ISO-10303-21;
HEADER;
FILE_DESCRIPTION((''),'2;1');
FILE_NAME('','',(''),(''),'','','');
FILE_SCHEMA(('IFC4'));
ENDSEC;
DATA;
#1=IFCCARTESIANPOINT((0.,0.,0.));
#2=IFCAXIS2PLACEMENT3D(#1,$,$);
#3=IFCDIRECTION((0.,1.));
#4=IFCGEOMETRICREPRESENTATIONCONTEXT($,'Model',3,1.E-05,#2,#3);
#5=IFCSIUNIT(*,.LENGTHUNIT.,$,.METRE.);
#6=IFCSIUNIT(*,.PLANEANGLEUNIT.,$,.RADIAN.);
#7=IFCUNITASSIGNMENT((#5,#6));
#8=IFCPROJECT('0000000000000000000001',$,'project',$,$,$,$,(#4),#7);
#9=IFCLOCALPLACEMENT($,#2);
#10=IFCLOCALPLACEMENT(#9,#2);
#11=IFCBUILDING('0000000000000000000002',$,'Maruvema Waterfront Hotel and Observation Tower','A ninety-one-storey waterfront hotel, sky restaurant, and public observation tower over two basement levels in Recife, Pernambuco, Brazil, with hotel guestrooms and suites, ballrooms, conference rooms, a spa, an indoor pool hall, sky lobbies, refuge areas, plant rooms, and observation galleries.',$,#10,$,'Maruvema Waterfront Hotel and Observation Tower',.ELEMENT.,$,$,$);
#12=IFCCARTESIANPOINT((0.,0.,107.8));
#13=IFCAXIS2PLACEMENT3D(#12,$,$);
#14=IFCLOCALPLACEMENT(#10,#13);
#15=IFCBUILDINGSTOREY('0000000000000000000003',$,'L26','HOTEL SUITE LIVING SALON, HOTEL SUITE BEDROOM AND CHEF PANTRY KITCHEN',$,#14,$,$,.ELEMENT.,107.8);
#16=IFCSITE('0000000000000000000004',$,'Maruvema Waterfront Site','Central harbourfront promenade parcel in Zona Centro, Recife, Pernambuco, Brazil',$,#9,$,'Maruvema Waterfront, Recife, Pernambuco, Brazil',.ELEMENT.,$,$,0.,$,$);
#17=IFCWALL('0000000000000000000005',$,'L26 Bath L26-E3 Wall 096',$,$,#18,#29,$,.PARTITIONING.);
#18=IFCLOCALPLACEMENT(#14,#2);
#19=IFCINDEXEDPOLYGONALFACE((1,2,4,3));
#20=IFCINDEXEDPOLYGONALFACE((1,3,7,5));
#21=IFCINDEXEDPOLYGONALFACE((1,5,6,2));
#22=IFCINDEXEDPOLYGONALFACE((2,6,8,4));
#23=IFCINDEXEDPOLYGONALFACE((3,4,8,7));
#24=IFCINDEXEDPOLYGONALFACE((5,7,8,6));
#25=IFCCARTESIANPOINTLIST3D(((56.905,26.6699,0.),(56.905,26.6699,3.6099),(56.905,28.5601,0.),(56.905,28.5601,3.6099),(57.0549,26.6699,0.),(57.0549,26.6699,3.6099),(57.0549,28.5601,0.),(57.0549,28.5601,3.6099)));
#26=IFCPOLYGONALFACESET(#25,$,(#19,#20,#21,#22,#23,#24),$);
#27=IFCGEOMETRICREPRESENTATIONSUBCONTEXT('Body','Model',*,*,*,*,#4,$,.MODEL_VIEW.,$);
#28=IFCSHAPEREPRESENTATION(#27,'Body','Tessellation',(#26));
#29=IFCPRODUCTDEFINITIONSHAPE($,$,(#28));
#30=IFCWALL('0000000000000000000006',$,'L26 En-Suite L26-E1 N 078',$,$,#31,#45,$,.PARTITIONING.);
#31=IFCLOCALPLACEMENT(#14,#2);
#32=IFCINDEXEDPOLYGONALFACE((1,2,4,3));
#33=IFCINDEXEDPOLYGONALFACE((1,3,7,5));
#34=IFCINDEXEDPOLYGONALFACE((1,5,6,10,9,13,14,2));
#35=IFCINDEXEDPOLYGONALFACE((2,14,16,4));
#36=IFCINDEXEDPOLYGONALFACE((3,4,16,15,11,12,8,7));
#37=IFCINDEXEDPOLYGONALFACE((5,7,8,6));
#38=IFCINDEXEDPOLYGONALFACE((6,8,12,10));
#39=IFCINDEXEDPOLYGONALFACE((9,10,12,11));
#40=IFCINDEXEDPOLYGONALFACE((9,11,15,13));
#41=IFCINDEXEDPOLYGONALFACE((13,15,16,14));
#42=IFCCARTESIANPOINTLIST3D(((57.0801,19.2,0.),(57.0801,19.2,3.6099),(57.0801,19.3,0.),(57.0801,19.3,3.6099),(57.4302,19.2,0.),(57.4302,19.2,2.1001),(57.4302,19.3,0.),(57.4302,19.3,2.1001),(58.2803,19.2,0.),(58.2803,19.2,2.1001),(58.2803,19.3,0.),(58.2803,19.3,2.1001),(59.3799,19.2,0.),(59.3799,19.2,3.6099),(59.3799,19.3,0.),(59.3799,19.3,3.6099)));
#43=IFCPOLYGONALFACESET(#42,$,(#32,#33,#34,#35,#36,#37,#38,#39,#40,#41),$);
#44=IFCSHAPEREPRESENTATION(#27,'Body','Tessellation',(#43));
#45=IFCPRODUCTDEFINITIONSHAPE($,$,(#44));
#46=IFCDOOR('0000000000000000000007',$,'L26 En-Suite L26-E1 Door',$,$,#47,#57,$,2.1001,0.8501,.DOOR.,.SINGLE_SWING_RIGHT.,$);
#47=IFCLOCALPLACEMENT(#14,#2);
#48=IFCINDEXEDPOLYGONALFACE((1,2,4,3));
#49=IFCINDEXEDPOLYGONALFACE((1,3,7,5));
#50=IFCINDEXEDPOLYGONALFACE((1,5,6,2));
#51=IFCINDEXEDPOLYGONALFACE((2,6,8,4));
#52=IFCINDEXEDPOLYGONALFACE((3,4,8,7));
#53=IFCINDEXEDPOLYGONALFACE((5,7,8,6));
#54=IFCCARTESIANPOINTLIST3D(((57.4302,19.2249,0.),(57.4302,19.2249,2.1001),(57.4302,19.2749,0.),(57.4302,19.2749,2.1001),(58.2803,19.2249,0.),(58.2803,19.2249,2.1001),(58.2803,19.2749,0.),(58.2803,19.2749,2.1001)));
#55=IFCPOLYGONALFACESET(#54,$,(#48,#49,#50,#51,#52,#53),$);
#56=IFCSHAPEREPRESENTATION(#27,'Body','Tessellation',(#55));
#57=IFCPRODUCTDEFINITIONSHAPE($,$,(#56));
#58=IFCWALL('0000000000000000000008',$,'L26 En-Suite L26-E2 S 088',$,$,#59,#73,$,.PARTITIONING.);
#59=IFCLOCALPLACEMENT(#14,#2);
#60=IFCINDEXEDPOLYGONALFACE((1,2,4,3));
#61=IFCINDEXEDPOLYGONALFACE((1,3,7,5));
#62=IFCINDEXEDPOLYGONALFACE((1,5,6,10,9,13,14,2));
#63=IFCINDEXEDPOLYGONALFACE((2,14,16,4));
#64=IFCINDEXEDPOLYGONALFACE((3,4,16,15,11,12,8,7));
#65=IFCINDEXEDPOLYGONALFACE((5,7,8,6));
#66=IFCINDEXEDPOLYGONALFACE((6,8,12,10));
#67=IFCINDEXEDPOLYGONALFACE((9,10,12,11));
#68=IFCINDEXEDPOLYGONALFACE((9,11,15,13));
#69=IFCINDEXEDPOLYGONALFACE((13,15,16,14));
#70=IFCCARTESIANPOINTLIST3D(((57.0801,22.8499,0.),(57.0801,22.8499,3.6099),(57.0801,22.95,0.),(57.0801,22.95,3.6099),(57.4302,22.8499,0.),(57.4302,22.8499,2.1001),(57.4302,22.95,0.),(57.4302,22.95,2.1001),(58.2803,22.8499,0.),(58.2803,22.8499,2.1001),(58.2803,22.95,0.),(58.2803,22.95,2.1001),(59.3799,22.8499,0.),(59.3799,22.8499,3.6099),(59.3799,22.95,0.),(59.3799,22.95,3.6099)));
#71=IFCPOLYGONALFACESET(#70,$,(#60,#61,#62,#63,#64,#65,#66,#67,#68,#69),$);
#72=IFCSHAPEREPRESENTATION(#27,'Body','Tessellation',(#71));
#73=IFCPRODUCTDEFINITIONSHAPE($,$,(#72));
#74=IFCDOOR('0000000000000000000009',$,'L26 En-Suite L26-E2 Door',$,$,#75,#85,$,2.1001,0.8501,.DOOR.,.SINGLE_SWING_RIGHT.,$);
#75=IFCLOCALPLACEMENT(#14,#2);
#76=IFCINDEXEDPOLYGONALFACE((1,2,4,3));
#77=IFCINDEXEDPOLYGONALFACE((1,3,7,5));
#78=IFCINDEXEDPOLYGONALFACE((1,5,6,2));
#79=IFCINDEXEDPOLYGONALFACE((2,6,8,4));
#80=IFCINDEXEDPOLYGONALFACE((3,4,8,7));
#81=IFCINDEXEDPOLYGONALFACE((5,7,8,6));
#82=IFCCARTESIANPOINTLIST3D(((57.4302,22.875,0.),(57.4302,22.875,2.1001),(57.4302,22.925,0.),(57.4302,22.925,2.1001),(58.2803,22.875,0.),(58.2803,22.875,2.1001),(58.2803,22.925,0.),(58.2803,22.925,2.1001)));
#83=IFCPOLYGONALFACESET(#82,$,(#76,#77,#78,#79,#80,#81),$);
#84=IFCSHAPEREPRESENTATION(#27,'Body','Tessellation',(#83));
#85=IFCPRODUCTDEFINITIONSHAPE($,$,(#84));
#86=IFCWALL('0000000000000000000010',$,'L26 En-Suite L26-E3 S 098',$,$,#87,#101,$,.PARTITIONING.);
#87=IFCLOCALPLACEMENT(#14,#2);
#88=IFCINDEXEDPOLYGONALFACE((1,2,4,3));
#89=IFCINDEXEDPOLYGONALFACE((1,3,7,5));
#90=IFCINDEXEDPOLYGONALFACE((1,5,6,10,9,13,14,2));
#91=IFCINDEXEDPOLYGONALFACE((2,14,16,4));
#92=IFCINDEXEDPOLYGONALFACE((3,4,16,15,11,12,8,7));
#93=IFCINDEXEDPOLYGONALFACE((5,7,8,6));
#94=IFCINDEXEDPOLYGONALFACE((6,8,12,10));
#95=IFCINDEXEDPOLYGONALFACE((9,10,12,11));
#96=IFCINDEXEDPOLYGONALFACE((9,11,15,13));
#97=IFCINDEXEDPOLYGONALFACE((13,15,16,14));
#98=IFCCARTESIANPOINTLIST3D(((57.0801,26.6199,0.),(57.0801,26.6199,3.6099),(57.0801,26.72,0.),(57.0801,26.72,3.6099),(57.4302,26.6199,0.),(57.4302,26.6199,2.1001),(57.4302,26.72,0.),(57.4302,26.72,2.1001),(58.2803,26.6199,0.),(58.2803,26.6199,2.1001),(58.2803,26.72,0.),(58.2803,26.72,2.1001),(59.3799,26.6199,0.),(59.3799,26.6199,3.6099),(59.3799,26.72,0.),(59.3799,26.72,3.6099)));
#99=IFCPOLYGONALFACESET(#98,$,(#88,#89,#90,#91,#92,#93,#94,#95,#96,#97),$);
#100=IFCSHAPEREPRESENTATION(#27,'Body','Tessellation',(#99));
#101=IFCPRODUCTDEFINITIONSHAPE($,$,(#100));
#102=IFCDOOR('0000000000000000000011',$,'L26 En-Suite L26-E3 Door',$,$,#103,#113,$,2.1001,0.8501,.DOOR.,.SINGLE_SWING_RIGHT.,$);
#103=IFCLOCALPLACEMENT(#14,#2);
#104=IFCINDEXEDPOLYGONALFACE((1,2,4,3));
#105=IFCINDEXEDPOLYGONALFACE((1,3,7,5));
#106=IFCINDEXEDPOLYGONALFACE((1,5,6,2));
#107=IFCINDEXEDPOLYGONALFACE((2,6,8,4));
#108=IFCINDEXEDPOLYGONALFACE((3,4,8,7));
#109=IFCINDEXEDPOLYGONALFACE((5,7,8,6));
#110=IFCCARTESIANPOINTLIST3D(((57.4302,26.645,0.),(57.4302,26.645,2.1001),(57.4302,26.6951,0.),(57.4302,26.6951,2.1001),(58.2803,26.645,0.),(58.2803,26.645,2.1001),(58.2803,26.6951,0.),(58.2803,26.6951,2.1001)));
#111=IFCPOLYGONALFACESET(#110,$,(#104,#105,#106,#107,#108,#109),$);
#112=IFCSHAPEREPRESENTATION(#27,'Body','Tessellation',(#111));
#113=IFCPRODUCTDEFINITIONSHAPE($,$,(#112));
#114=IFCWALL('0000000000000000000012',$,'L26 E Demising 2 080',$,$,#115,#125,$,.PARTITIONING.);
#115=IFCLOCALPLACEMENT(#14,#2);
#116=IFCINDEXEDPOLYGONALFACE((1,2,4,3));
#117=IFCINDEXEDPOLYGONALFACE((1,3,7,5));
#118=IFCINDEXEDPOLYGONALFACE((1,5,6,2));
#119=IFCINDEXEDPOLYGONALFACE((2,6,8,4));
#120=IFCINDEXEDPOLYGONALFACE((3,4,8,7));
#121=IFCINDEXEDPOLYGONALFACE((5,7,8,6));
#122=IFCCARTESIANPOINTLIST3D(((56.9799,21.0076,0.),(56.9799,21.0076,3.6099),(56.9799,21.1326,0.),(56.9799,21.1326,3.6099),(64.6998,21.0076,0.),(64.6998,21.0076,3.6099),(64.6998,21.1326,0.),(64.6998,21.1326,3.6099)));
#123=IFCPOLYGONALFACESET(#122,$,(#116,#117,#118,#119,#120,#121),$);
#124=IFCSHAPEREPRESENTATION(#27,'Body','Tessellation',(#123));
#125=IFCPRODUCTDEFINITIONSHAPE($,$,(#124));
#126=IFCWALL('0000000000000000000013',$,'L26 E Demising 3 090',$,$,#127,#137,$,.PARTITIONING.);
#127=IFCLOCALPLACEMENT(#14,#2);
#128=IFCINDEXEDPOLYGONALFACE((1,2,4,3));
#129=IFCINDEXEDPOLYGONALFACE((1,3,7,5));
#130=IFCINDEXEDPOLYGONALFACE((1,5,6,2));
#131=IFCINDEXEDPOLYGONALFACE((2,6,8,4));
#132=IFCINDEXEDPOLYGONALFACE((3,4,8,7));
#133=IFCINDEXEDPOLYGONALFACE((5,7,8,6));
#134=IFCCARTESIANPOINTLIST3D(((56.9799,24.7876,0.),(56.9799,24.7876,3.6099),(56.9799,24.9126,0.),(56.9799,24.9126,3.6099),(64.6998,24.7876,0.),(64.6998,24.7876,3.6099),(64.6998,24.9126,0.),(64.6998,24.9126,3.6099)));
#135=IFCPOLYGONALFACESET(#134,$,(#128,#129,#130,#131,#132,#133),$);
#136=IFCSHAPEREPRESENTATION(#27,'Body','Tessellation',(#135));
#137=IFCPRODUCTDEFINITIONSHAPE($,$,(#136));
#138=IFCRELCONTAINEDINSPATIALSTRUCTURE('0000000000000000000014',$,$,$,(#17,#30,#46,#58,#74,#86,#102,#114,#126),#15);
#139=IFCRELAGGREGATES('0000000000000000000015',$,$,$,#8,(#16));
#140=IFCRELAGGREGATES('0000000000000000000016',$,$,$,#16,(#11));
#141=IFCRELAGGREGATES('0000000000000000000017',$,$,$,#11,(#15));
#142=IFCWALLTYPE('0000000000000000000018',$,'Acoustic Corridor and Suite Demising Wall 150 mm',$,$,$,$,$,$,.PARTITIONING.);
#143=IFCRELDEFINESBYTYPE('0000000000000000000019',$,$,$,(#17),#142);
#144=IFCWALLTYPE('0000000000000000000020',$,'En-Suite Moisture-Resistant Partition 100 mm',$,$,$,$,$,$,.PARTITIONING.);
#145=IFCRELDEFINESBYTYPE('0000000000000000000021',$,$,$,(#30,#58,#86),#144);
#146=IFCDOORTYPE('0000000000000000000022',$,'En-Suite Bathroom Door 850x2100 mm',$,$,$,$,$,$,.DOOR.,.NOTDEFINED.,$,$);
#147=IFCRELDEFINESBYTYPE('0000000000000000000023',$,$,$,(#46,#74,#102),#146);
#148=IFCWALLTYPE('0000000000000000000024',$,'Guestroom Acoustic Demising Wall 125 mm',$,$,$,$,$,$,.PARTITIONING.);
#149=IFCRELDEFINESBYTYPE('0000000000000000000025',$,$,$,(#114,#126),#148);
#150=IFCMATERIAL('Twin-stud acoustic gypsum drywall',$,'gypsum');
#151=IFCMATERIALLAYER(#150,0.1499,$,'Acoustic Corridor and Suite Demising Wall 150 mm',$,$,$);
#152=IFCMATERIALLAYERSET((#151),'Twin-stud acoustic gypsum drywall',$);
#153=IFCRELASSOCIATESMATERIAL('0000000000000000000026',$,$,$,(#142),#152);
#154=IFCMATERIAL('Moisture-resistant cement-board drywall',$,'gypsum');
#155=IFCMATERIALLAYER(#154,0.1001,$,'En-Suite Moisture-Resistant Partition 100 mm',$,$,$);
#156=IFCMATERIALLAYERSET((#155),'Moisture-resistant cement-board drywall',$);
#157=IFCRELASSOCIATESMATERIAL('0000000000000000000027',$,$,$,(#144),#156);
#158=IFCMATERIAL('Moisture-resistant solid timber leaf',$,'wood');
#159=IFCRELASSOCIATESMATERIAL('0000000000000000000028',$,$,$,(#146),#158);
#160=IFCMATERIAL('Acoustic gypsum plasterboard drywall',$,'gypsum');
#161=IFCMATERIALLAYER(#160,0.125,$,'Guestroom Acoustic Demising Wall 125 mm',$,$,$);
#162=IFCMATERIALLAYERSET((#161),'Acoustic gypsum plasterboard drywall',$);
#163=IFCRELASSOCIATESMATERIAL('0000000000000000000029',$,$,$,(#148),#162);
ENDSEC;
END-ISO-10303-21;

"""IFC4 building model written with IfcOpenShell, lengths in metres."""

from ifc_helpers import new_model, si_unit, direction, frame, frame_2d, origin, place, context, subcontext, project, spatial, rectangle, extrude, material, layer, layer_set, type_object, element, fill, save


model = new_model("IFC4")

# Units and contexts
model_context = context("Model", 3, precision=1e-05, world=origin(), true_north=direction((0.0, 1.0)))
body_context = subcontext(model_context, "Body", "Model", "MODEL_VIEW")
ifc_project = project(units=[si_unit("LENGTHUNIT", "METRE"), si_unit("PLANEANGLEUNIT", "RADIAN")], contexts=[model_context])

# Site, building, storey
site_placement = place(None, origin())
site = spatial("IfcSite", under=ifc_project, at=site_placement, Name="Maruvema Waterfront Site", Description="Central harbourfront promenade parcel in Zona Centro, Recife, Pernambuco, Brazil", LongName="Maruvema Waterfront, Recife, Pernambuco, Brazil", CompositionType="ELEMENT", RefElevation=0.0)
building_placement = place(site_placement, origin())
building = spatial("IfcBuilding", under=site, at=building_placement, Name="Maruvema Waterfront Hotel and Observation Tower", Description="A ninety-one-storey waterfront hotel, sky restaurant, and public observation tower over two basement levels in Recife, Pernambuco, Brazil, with hotel guestrooms and suites, ballrooms, conference rooms, a spa, an indoor pool hall, sky lobbies, refuge areas, plant rooms, and observation galleries.", LongName="Maruvema Waterfront Hotel and Observation Tower", CompositionType="ELEMENT")
storey_placement = place(building_placement, frame((0.0, 0.0, 107.8)))
storey = spatial("IfcBuildingStorey", under=building, at=storey_placement, Name="L26", Description="HOTEL SUITE LIVING SALON, HOTEL SUITE BEDROOM AND CHEF PANTRY KITCHEN", CompositionType="ELEMENT", Elevation=107.8)

# Shared definitions
ifc_material_1 = material(Name="Twin-stud acoustic gypsum drywall", Category="gypsum")
ifc_layer_1 = layer(ifc_material_1, 0.1499, Name="Acoustic Corridor and Suite Demising Wall 150 mm")
ifc_layer_set_1 = layer_set([ifc_layer_1], Name="Twin-stud acoustic gypsum drywall")
wall_type_1 = type_object("IfcWallType", Name="Acoustic Corridor and Suite Demising Wall 150 mm", PredefinedType="PARTITIONING", material=ifc_layer_set_1)

# Wall
wall_1_placement = place(storey_placement, frame((56.98, 26.6699, 0.0), z_axis=(0.0, 0.0, 1.0), x_axis=(0.0, 1.0, 0.0)))
element("IfcWall", 1, at=wall_1_placement, inside=storey, type_object=wall_type_1, Name="L26 Bath L26-E3 Wall 096", PredefinedType="PARTITIONING", context=body_context, shape_type="SweptSolid", body=[
    extrude(rectangle(XDim=1.8901, YDim=0.1499, at=frame_2d((0.9451, 0.0))), origin(), (0.0, 0.0, 1.0), 3.6099),
])

# Walls, openings, doors
ifc_material_2 = material(Name="Moisture-resistant cement-board drywall", Category="gypsum")
ifc_layer_2 = layer(ifc_material_2, 0.1001, Name="En-Suite Moisture-Resistant Partition 100 mm")
ifc_layer_set_2 = layer_set([ifc_layer_2], Name="Moisture-resistant cement-board drywall")
wall_type_2 = type_object("IfcWallType", Name="En-Suite Moisture-Resistant Partition 100 mm", PredefinedType="PARTITIONING", material=ifc_layer_set_2)
wall_2_placement = place(storey_placement, frame((57.0801, 19.25, 0.0), z_axis=(0.0, 0.0, 1.0), x_axis=(1.0, 0.0, 0.0)))
wall_2 = element("IfcWall", 2, at=wall_2_placement, inside=storey, type_object=wall_type_2, Name="L26 En-Suite L26-E1 N 078", PredefinedType="PARTITIONING", context=body_context, shape_type="SweptSolid", body=[
    extrude(rectangle(XDim=2.2998, YDim=0.1001, at=frame_2d((1.1499, 0.0))), origin(), (0.0, 0.0, 1.0), 3.6099),
])
opening_1_placement = place(wall_2_placement, frame((0.3501, 0.0, 0.0)))
opening_1 = element("IfcOpeningElement", 3, at=opening_1_placement, cuts=wall_2, PredefinedType="OPENING", context=body_context, shape_type="SweptSolid", body=[
    extrude(rectangle(XDim=0.8501, YDim=2.1001, at=frame_2d((0.425, 1.05))), frame((0.0, 0.0601, 0.0), z_axis=(0.0, -1.0, 0.0), x_axis=(1.0, 0.0, 0.0)), (0.0, 0.0, 1.0), 0.1201),
])
ifc_material_3 = material(Name="Moisture-resistant solid timber leaf", Category="wood")
door_type_1 = type_object("IfcDoorType", Name="En-Suite Bathroom Door 850x2100 mm", OperationType="NOTDEFINED", PredefinedType="DOOR", material=ifc_material_3)
door_1_placement = place(opening_1_placement, origin())
door_1 = element("IfcDoor", 4, at=door_1_placement, inside=storey, type_object=door_type_1, Name="L26 En-Suite L26-E1 Door", OperationType="SINGLE_SWING_RIGHT", OverallHeight=2.1001, OverallWidth=0.8501, PredefinedType="DOOR", context=body_context, shape_type="SweptSolid", body=[
    extrude(rectangle(XDim=0.8501, YDim=2.1001, at=frame_2d((0.425, 1.05))), frame((0.0, 0.0249, 0.0), z_axis=(0.0, -1.0, 0.0), x_axis=(1.0, 0.0, 0.0)), (0.0, 0.0, 1.0), 0.05),
])
fill(opening_1, door_1)
wall_3_placement = place(storey_placement, frame((57.0801, 22.8999, 0.0), z_axis=(0.0, 0.0, 1.0), x_axis=(1.0, 0.0, 0.0)))
wall_3 = element("IfcWall", 5, at=wall_3_placement, inside=storey, type_object=wall_type_2, Name="L26 En-Suite L26-E2 S 088", PredefinedType="PARTITIONING", context=body_context, shape_type="SweptSolid", body=[
    extrude(rectangle(XDim=2.2998, YDim=0.1001, at=frame_2d((1.1499, 0.0))), origin(), (0.0, 0.0, 1.0), 3.6099),
])
opening_2_placement = place(wall_3_placement, frame((0.3501, 0.0, 0.0)))
opening_2 = element("IfcOpeningElement", 6, at=opening_2_placement, cuts=wall_3, PredefinedType="OPENING", context=body_context, shape_type="SweptSolid", body=[
    extrude(rectangle(XDim=0.8501, YDim=2.1001, at=frame_2d((0.425, 1.05))), frame((0.0, 0.0601, 0.0), z_axis=(0.0, -1.0, 0.0), x_axis=(1.0, 0.0, 0.0)), (0.0, 0.0, 1.0), 0.1201),
])
door_2_placement = place(opening_2_placement, frame((0.8501, 0.0, 0.0), z_axis=(0.0, 0.0, 1.0), x_axis=(-1.0, 0.0, 0.0)))
door_2 = element("IfcDoor", 7, at=door_2_placement, inside=storey, type_object=door_type_1, Name="L26 En-Suite L26-E2 Door", OperationType="SINGLE_SWING_RIGHT", OverallHeight=2.1001, OverallWidth=0.8501, PredefinedType="DOOR", context=body_context, shape_type="SweptSolid", body=[
    extrude(rectangle(XDim=0.8501, YDim=2.1001, at=frame_2d((0.425, 1.05))), frame((0.0, 0.0249, 0.0), z_axis=(0.0, -1.0, 0.0), x_axis=(1.0, 0.0, 0.0)), (0.0, 0.0, 1.0), 0.05),
])
fill(opening_2, door_2)
wall_4_placement = place(storey_placement, frame((57.0801, 26.6699, 0.0), z_axis=(0.0, 0.0, 1.0), x_axis=(1.0, 0.0, 0.0)))
wall_4 = element("IfcWall", 8, at=wall_4_placement, inside=storey, type_object=wall_type_2, Name="L26 En-Suite L26-E3 S 098", PredefinedType="PARTITIONING", context=body_context, shape_type="SweptSolid", body=[
    extrude(rectangle(XDim=2.2998, YDim=0.1001, at=frame_2d((1.1499, 0.0))), origin(), (0.0, 0.0, 1.0), 3.6099),
])
opening_3_placement = place(wall_4_placement, frame((0.3501, 0.0, 0.0)))
opening_3 = element("IfcOpeningElement", 9, at=opening_3_placement, cuts=wall_4, PredefinedType="OPENING", context=body_context, shape_type="SweptSolid", body=[
    extrude(rectangle(XDim=0.8501, YDim=2.1001, at=frame_2d((0.425, 1.05))), frame((0.0, 0.0601, 0.0), z_axis=(0.0, -1.0, 0.0), x_axis=(1.0, 0.0, 0.0)), (0.0, 0.0, 1.0), 0.1201),
])
door_3_placement = place(opening_3_placement, frame((0.8501, 0.0, 0.0), z_axis=(0.0, 0.0, 1.0), x_axis=(-1.0, 0.0, 0.0)))
door_3 = element("IfcDoor", 10, at=door_3_placement, inside=storey, type_object=door_type_1, Name="L26 En-Suite L26-E3 Door", OperationType="SINGLE_SWING_RIGHT", OverallHeight=2.1001, OverallWidth=0.8501, PredefinedType="DOOR", context=body_context, shape_type="SweptSolid", body=[
    extrude(rectangle(XDim=0.8501, YDim=2.1001, at=frame_2d((0.425, 1.05))), frame((0.0, 0.0249, 0.0), z_axis=(0.0, -1.0, 0.0), x_axis=(1.0, 0.0, 0.0)), (0.0, 0.0, 1.0), 0.05),
])
fill(opening_3, door_3)

# Walls
ifc_material_4 = material(Name="Acoustic gypsum plasterboard drywall", Category="gypsum")
ifc_layer_3 = layer(ifc_material_4, 0.125, Name="Guestroom Acoustic Demising Wall 125 mm")
ifc_layer_set_3 = layer_set([ifc_layer_3], Name="Acoustic gypsum plasterboard drywall")
wall_type_3 = type_object("IfcWallType", Name="Guestroom Acoustic Demising Wall 125 mm", PredefinedType="PARTITIONING", material=ifc_layer_set_3)
for number, where, z_axis, x_axis, name in (
    (11, (56.98, 21.0701, 0.0), (0.0, 0.0, 1.0), (1.0, 0.0, 0.0), "L26 E Demising 2 080"),
    (12, (56.98, 24.8501, 0.0), (0.0, 0.0, 1.0), (1.0, 0.0, 0.0), "L26 E Demising 3 090"),
):
    element("IfcWall", number, at=place(storey_placement, frame(where, z_axis=z_axis, x_axis=x_axis)), inside=storey, type_object=wall_type_3, Name=name, PredefinedType="PARTITIONING", context=body_context, shape_type="SweptSolid", body=[
        extrude(rectangle(XDim=7.72, YDim=0.125, at=frame_2d((3.8599, 0.0))), origin(), (0.0, 0.0, 1.0), 3.6099),
    ])

save(model, "model.ifc")
